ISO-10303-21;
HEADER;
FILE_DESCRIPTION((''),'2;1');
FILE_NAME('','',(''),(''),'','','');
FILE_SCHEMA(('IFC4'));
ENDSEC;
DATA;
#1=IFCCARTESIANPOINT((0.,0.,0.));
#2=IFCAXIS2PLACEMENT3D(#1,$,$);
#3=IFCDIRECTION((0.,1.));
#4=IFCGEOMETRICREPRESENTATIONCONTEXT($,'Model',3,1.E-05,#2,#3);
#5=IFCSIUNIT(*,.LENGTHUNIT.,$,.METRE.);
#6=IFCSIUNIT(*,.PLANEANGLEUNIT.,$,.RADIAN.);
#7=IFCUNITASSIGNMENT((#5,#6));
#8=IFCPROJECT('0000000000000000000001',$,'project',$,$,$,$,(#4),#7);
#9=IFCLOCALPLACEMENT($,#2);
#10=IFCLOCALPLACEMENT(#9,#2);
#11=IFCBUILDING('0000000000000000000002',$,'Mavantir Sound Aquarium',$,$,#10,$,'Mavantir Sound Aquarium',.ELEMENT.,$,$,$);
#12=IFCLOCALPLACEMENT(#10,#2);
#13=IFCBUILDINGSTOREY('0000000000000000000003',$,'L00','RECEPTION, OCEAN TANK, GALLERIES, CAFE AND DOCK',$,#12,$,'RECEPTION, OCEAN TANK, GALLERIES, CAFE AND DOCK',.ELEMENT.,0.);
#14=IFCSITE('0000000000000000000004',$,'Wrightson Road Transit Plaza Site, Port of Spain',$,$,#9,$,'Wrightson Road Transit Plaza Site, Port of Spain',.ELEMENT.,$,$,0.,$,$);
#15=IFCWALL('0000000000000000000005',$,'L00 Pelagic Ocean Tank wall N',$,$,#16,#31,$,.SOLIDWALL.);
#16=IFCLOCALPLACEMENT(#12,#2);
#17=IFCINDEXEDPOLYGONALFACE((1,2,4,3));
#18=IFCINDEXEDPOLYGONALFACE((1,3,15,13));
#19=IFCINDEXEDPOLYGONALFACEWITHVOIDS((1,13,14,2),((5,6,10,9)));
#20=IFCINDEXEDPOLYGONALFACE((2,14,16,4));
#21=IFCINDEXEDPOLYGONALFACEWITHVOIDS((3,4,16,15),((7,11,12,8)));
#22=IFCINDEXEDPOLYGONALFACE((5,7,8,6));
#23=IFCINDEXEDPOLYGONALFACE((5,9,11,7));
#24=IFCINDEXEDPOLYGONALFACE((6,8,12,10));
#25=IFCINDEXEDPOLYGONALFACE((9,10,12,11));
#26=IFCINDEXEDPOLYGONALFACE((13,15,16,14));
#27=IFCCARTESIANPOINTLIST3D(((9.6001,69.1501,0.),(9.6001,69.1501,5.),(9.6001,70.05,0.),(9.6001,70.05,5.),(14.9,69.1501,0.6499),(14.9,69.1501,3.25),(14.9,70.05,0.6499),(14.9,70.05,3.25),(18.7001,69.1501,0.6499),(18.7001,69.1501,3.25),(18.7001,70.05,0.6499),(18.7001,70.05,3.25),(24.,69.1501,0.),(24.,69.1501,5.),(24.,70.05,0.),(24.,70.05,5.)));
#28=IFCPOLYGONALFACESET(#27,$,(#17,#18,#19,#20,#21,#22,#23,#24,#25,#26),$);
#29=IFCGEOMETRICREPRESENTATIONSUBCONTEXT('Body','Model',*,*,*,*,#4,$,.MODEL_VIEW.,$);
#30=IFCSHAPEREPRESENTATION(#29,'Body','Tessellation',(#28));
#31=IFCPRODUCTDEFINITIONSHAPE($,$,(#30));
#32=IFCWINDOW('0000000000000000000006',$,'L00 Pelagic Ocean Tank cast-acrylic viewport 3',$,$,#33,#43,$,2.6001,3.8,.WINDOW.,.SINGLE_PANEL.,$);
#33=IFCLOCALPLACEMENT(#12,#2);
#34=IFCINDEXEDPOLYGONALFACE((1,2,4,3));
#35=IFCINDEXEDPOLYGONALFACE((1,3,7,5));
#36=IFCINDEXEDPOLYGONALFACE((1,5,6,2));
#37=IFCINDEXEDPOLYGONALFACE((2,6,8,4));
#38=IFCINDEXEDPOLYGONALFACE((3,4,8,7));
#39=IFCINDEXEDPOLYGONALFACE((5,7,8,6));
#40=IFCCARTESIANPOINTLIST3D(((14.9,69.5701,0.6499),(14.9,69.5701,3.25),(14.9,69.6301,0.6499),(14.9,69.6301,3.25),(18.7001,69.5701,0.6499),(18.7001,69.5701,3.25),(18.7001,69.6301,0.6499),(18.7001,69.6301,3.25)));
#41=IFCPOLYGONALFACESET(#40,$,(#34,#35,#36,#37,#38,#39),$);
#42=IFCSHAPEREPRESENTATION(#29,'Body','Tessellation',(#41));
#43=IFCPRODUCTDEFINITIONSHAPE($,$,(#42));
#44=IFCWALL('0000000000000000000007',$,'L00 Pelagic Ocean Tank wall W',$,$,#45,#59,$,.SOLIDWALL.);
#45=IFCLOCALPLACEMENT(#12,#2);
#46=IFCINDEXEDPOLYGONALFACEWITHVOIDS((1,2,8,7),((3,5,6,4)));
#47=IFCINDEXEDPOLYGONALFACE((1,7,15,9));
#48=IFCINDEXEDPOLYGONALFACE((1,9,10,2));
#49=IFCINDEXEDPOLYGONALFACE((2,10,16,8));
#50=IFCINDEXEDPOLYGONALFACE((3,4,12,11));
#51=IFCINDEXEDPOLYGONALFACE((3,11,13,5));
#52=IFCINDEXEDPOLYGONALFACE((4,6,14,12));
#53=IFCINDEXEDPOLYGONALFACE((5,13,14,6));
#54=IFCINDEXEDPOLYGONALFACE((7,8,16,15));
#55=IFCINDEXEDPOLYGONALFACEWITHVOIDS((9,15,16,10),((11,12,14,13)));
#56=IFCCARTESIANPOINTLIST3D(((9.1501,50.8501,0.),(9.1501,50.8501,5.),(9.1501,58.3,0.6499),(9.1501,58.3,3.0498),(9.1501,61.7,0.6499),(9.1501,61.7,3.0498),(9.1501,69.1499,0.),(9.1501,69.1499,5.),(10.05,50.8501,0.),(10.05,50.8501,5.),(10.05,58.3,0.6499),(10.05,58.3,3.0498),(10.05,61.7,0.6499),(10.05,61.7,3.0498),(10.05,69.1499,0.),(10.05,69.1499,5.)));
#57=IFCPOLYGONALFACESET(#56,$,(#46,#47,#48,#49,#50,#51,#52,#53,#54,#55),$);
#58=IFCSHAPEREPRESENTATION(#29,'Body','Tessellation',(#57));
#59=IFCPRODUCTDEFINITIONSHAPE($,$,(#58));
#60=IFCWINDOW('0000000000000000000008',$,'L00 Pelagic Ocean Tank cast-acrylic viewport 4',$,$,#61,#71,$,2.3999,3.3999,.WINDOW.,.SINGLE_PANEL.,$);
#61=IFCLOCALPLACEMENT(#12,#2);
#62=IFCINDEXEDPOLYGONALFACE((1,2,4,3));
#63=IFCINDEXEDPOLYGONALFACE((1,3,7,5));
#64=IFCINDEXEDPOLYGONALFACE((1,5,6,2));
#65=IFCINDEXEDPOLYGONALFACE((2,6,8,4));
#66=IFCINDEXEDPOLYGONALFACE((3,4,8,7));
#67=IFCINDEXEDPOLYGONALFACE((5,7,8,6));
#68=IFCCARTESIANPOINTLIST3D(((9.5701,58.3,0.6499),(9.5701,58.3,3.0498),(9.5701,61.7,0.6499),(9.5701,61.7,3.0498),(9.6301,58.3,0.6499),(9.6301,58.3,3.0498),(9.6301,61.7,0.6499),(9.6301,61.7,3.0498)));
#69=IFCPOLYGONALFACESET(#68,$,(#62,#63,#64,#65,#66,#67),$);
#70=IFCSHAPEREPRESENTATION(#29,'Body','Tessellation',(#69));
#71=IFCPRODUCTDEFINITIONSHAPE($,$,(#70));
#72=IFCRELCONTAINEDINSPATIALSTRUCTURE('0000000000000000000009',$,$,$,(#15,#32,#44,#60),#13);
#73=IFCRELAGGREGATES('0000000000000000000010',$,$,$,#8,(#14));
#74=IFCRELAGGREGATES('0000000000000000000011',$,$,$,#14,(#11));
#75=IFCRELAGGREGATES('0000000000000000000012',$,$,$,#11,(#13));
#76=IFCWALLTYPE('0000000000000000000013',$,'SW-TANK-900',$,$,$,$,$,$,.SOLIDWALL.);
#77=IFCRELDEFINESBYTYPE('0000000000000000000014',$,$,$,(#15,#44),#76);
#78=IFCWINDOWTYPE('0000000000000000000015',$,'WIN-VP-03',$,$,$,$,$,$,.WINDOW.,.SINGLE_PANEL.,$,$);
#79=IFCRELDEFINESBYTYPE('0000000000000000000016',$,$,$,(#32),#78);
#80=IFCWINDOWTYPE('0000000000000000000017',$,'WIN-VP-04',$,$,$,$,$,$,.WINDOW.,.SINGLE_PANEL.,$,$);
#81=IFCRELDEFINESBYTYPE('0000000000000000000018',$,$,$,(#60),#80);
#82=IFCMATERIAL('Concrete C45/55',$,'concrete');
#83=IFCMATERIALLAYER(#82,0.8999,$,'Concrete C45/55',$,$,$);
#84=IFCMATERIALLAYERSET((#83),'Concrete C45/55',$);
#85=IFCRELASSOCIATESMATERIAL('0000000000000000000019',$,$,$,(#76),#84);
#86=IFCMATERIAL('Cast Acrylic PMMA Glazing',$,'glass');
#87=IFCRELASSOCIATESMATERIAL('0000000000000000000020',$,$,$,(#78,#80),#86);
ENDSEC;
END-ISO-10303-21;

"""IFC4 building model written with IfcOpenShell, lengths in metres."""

from ifc_helpers import new_model, si_unit, direction, frame, frame_2d, origin, place, context, subcontext, project, spatial, rectangle, extrude, material, layer, layer_set, type_object, element, fill, save


model = new_model("IFC4")

# Units and contexts
model_context = context("Model", 3, precision=1e-05, world=origin(), true_north=direction((0.0, 1.0)))
body_context = subcontext(model_context, "Body", "Model", "MODEL_VIEW")
ifc_project = project(units=[si_unit("LENGTHUNIT", "METRE"), si_unit("PLANEANGLEUNIT", "RADIAN")], contexts=[model_context])

# Site, building, storey
site_placement = place(None, origin())
site = spatial("IfcSite", under=ifc_project, at=site_placement, Name="Wrightson Road Transit Plaza Site, Port of Spain", LongName="Wrightson Road Transit Plaza Site, Port of Spain", CompositionType="ELEMENT", RefElevation=0.0)
building_placement = place(site_placement, origin())
building = spatial("IfcBuilding", under=site, at=building_placement, Name="Mavantir Sound Aquarium", LongName="Mavantir Sound Aquarium", CompositionType="ELEMENT")
storey_placement = place(building_placement, origin())
storey = spatial("IfcBuildingStorey", under=building, at=storey_placement, Name="L00", Description="RECEPTION, OCEAN TANK, GALLERIES, CAFE AND DOCK", LongName="RECEPTION, OCEAN TANK, GALLERIES, CAFE AND DOCK", CompositionType="ELEMENT", Elevation=0.0)

# Walls, openings, windows
ifc_material_1 = material(Name="Concrete C45/55", Category="concrete")
ifc_layer_1 = layer(ifc_material_1, 0.8999, Name="Concrete C45/55")
ifc_layer_set_1 = layer_set([ifc_layer_1], Name="Concrete C45/55")
wall_type_1 = type_object("IfcWallType", Name="SW-TANK-900", PredefinedType="SOLIDWALL", material=ifc_layer_set_1)
ifc_material_2 = material(Name="Cast Acrylic PMMA Glazing", Category="glass")
wall_1_placement = place(storey_placement, frame((24.0, 69.6001, 0.0), z_axis=(0.0, 0.0, 1.0), x_axis=(-1.0, 0.0, 0.0)))
wall_1 = element("IfcWall", 1, at=wall_1_placement, inside=storey, type_object=wall_type_1, Name="L00 Pelagic Ocean Tank wall N", PredefinedType="SOLIDWALL", context=body_context, shape_type="SweptSolid", body=[
    extrude(rectangle(XDim=14.3999, YDim=0.8999, at=frame_2d((7.2, 0.0))), origin(), (0.0, 0.0, 1.0), 5.0),
])
opening_1_placement = place(wall_1_placement, frame((5.3, 0.0, 0.6499)))
opening_1 = element("IfcOpeningElement", 2, at=opening_1_placement, cuts=wall_1, PredefinedType="OPENING", context=body_context, shape_type="SweptSolid", body=[
    extrude(rectangle(XDim=3.8, YDim=2.6001, at=frame_2d((1.8999, 1.3))), frame((0.0, 0.46, 0.0), z_axis=(0.0, -1.0, 0.0), x_axis=(1.0, 0.0, 0.0)), (0.0, 0.0, 1.0), 0.9199),
])
window_type_1 = type_object("IfcWindowType", Name="WIN-VP-03", PartitioningType="SINGLE_PANEL", PredefinedType="WINDOW", material=ifc_material_2)
window_1_placement = place(opening_1_placement, origin())
window_1 = element("IfcWindow", 3, at=window_1_placement, inside=storey, type_object=window_type_1, Name="L00 Pelagic Ocean Tank cast-acrylic viewport 3", OverallHeight=2.6001, OverallWidth=3.8, PartitioningType="SINGLE_PANEL", PredefinedType="WINDOW", context=body_context, shape_type="SweptSolid", body=[
    extrude(rectangle(XDim=3.8, YDim=2.6001, at=frame_2d((1.8999, 1.3))), frame((0.0, 0.03, 0.0), z_axis=(0.0, -1.0, 0.0), x_axis=(1.0, 0.0, 0.0)), (0.0, 0.0, 1.0), 0.0601),
])
fill(opening_1, window_1)
wall_2_placement = place(storey_placement, frame((9.6001, 69.1499, 0.0), z_axis=(0.0, 0.0, 1.0), x_axis=(0.0, -1.0, 0.0)))
wall_2 = element("IfcWall", 4, at=wall_2_placement, inside=storey, type_object=wall_type_1, Name="L00 Pelagic Ocean Tank wall W", PredefinedType="SOLIDWALL", context=body_context, shape_type="SweptSolid", body=[
    extrude(rectangle(XDim=18.2998, YDim=0.8999, at=frame_2d((9.1499, 0.0))), origin(), (0.0, 0.0, 1.0), 5.0),
])
opening_2_placement = place(wall_2_placement, frame((7.45, 0.0, 0.6499)))
opening_2 = element("IfcOpeningElement", 5, at=opening_2_placement, cuts=wall_2, PredefinedType="OPENING", context=body_context, shape_type="SweptSolid", body=[
    extrude(rectangle(XDim=3.3999, YDim=2.3999, at=frame_2d((1.7, 1.2))), frame((0.0, 0.46, 0.0), z_axis=(0.0, -1.0, 0.0), x_axis=(1.0, 0.0, 0.0)), (0.0, 0.0, 1.0), 0.9199),
])
window_type_2 = type_object("IfcWindowType", Name="WIN-VP-04", PartitioningType="SINGLE_PANEL", PredefinedType="WINDOW", material=ifc_material_2)
window_2_placement = place(opening_2_placement, origin())
window_2 = element("IfcWindow", 6, at=window_2_placement, inside=storey, type_object=window_type_2, Name="L00 Pelagic Ocean Tank cast-acrylic viewport 4", OverallHeight=2.3999, OverallWidth=3.3999, PartitioningType="SINGLE_PANEL", PredefinedType="WINDOW", context=body_context, shape_type="SweptSolid", body=[
    extrude(rectangle(XDim=3.3999, YDim=2.3999, at=frame_2d((1.7, 1.2))), frame((0.0, 0.03, 0.0), z_axis=(0.0, -1.0, 0.0), x_axis=(1.0, 0.0, 0.0)), (0.0, 0.0, 1.0), 0.0601),
])
fill(opening_2, window_2)

save(model, "model.ifc")
